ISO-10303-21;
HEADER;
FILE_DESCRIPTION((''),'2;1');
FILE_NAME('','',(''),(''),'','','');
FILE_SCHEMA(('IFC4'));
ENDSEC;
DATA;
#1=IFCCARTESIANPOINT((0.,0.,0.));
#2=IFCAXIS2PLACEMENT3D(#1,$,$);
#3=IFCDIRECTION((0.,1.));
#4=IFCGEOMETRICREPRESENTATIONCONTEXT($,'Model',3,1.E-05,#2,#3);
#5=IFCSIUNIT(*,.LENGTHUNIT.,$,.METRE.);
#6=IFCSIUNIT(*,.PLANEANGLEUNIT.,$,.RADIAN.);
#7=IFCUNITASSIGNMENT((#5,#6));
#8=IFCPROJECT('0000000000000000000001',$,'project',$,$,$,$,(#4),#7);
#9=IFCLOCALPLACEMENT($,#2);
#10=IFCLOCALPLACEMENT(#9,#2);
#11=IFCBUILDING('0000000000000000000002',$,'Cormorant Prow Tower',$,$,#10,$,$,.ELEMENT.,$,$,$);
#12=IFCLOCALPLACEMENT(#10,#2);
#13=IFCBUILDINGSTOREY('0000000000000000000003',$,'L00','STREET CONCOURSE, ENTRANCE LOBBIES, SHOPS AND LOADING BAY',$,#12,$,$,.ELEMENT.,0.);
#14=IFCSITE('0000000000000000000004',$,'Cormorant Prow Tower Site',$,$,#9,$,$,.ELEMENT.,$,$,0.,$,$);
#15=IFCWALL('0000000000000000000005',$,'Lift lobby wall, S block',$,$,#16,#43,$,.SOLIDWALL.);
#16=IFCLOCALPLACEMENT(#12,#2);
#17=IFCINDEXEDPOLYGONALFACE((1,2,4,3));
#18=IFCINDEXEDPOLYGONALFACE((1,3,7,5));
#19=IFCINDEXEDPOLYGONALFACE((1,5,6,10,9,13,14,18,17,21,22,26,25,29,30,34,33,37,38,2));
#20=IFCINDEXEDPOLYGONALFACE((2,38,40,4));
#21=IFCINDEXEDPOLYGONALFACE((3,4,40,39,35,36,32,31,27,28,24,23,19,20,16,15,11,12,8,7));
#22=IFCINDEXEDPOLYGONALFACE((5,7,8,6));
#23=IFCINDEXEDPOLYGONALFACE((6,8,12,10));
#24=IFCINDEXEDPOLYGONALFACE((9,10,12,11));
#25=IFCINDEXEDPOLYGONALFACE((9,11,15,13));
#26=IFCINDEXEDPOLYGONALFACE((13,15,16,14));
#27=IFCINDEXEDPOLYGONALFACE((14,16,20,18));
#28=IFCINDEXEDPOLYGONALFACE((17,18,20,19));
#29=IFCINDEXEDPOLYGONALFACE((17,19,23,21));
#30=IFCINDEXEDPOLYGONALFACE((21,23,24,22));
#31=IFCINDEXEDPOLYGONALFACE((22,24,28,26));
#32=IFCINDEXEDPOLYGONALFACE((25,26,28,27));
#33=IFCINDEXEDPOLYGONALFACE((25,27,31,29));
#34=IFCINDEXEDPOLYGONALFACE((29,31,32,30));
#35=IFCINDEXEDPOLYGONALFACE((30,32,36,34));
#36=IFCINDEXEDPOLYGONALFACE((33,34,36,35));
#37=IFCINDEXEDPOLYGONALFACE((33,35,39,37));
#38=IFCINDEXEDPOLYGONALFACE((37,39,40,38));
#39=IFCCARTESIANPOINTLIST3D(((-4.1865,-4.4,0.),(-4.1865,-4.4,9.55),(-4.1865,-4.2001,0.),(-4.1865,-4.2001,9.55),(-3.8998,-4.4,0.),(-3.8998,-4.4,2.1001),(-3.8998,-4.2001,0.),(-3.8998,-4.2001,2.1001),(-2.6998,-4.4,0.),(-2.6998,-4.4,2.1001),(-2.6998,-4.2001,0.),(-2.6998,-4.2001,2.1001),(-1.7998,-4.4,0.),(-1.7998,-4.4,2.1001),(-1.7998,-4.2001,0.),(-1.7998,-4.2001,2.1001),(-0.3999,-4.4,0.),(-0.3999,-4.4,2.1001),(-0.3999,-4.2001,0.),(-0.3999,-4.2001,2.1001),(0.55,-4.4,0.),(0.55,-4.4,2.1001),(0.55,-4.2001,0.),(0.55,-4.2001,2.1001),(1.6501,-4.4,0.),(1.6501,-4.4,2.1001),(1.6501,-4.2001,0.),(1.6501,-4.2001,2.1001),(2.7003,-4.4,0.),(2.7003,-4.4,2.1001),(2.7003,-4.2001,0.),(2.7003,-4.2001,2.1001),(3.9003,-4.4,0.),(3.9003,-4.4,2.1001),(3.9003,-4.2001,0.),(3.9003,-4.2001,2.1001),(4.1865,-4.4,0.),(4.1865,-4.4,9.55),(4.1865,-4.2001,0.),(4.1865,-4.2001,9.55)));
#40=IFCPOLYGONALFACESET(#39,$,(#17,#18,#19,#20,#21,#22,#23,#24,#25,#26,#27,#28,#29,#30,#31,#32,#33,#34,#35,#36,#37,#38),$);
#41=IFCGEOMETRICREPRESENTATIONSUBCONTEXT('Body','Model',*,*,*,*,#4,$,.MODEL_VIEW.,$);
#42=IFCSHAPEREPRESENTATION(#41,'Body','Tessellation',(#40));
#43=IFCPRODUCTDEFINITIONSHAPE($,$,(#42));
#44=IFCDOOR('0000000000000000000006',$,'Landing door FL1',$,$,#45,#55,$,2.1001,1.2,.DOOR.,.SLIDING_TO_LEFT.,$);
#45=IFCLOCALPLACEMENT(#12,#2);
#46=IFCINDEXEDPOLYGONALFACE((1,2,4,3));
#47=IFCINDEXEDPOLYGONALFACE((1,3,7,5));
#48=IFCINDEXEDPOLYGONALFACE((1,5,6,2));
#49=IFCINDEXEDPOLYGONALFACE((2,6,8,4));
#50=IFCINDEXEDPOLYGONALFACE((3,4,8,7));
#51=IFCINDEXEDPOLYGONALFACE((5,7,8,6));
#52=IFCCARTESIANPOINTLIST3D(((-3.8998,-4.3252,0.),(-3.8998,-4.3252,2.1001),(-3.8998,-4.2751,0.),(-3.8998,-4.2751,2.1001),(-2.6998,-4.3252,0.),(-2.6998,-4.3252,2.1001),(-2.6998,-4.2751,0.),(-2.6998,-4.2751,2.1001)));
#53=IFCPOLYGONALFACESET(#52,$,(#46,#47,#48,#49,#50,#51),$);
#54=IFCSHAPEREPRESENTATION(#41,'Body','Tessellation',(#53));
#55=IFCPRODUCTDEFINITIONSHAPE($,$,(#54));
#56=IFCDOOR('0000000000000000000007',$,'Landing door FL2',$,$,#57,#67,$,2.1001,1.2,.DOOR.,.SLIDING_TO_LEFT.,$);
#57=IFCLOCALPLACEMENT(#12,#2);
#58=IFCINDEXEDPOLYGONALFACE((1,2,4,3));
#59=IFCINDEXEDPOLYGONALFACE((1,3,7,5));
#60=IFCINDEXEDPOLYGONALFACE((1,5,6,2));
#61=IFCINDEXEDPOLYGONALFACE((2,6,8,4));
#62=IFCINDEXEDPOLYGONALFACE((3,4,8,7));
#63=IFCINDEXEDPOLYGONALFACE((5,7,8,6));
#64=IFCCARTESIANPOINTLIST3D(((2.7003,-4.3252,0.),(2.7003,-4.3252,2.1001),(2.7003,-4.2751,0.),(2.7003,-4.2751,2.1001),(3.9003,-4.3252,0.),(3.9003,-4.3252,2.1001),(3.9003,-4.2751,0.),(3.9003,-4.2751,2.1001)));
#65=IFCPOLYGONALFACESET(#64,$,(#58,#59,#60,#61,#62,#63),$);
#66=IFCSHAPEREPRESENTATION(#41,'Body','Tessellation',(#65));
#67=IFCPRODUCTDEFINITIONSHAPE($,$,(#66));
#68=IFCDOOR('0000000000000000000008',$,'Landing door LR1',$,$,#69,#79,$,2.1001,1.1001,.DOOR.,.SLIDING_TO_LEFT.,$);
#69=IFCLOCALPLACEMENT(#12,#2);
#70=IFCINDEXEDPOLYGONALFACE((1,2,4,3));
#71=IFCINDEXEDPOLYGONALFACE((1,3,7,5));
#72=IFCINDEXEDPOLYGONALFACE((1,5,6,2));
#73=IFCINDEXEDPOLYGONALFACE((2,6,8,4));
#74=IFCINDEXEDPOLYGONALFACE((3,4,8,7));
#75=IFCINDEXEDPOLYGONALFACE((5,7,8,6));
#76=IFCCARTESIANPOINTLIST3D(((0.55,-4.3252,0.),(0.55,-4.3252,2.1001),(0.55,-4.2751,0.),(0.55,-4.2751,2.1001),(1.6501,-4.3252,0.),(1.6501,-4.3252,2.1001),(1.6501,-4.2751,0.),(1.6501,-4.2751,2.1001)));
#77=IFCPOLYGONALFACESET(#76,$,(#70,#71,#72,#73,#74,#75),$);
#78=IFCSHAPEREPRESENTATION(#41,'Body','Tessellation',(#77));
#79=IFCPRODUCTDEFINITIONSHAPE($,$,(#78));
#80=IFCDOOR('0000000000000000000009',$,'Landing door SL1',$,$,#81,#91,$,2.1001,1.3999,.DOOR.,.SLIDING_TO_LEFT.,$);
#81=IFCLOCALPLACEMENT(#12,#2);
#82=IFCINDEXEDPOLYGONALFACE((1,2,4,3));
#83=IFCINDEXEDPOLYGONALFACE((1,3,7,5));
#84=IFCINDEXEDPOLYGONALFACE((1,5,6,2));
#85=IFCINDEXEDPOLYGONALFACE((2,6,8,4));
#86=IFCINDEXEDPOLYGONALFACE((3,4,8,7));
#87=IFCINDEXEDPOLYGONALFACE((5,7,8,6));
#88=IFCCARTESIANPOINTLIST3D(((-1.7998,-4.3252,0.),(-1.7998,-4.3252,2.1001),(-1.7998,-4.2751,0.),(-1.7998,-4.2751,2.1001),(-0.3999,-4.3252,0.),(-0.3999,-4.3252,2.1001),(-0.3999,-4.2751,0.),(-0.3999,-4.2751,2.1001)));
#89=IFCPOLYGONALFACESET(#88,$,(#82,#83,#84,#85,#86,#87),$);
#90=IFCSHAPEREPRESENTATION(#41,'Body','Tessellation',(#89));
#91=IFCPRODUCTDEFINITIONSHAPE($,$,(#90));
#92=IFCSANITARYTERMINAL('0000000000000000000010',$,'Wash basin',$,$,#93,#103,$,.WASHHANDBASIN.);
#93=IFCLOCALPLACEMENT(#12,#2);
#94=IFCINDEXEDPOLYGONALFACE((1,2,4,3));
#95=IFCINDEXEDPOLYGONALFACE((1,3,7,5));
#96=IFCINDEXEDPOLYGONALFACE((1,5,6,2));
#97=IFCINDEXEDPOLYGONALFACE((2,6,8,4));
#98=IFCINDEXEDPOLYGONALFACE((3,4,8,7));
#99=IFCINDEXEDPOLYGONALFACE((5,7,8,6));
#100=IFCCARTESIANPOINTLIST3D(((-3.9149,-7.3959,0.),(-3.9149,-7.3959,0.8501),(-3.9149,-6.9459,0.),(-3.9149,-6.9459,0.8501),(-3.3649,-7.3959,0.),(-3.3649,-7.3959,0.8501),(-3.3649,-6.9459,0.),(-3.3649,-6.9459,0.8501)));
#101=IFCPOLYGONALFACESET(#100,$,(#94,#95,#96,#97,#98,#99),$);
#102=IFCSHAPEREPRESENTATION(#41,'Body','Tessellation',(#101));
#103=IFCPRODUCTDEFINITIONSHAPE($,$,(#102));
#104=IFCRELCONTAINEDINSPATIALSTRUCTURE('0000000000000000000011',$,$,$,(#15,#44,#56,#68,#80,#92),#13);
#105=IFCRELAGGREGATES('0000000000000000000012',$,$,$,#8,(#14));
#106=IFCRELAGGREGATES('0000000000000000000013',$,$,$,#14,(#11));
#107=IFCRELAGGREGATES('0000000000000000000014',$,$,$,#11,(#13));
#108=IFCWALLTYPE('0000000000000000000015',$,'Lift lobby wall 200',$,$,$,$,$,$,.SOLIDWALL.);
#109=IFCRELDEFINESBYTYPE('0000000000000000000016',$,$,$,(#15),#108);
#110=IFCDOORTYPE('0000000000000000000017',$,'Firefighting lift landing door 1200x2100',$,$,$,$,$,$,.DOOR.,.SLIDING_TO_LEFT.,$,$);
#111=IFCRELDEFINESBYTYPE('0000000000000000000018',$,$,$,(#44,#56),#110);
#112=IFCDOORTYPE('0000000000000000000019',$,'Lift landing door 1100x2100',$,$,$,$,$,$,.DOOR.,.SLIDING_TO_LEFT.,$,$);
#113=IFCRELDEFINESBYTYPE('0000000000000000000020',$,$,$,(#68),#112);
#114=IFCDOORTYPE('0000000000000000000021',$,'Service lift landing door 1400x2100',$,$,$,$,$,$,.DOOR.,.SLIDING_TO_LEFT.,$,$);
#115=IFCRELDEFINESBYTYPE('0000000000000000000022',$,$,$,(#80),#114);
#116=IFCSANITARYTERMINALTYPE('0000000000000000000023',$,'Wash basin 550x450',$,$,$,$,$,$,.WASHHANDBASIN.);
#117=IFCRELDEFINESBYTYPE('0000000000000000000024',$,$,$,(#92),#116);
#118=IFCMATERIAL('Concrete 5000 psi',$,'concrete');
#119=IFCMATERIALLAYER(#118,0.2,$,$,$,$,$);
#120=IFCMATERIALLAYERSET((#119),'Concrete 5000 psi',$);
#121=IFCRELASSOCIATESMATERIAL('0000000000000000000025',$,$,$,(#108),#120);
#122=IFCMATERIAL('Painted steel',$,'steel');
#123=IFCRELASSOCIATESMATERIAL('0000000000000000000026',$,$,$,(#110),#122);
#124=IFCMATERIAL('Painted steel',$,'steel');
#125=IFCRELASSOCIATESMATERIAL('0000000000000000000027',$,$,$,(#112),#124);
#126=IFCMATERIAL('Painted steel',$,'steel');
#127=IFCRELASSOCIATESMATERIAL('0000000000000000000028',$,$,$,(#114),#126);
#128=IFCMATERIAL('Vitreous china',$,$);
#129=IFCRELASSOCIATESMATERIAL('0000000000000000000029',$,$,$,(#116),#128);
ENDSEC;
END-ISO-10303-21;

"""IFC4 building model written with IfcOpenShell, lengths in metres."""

from ifc_helpers import new_model, si_unit, direction, frame, frame_2d, origin, origin_2d, place, context, subcontext, project, spatial, rectangle, extrude, material, layer, layer_set, type_object, element, fill, save


model = new_model("IFC4")

# Units and contexts
model_context = context("Model", 3, precision=1e-05, world=origin(), true_north=direction((0.0, 1.0)))
body_context = subcontext(model_context, "Body", "Model", "MODEL_VIEW")
ifc_project = project(units=[si_unit("LENGTHUNIT", "METRE"), si_unit("PLANEANGLEUNIT", "RADIAN")], contexts=[model_context])

# Site, building, storey
site_placement = place(None, origin())
site = spatial("IfcSite", under=ifc_project, at=site_placement, Name="Cormorant Prow Tower Site", CompositionType="ELEMENT", RefElevation=0.0)
building_placement = place(site_placement, origin())
building = spatial("IfcBuilding", under=site, at=building_placement, Name="Cormorant Prow Tower", CompositionType="ELEMENT")
storey_placement = place(building_placement, origin())
storey = spatial("IfcBuildingStorey", under=building, at=storey_placement, Name="L00", Description="STREET CONCOURSE, ENTRANCE LOBBIES, SHOPS AND LOADING BAY", CompositionType="ELEMENT", Elevation=0.0)

# Wall, openings, doors
ifc_material_1 = material(Name="Concrete 5000 psi", Category="concrete")
ifc_layer_1 = layer(ifc_material_1, 0.2)
ifc_layer_set_1 = layer_set([ifc_layer_1], Name="Concrete 5000 psi")
wall_type_1 = type_object("IfcWallType", Name="Lift lobby wall 200", PredefinedType="SOLIDWALL", material=ifc_layer_set_1)
wall_1_placement = place(storey_placement, frame((-4.1865, -4.3, 0.0), z_axis=(0.0, 0.0, 1.0), x_axis=(1.0, 0.0, 0.0)))
wall_1 = element("IfcWall", 1, at=wall_1_placement, inside=storey, type_object=wall_type_1, Name="Lift lobby wall, S block", PredefinedType="SOLIDWALL", context=body_context, shape_type="SweptSolid", body=[
    extrude(rectangle(XDim=8.373, YDim=0.2, at=frame_2d((4.1865, 0.0))), origin(), (0.0, 0.0, 1.0), 9.55),
])
opening_1_placement = place(wall_1_placement, frame((0.2866, 0.0, 0.0)))
opening_1 = element("IfcOpeningElement", 2, at=opening_1_placement, cuts=wall_1, PredefinedType="OPENING", context=body_context, shape_type="SweptSolid", body=[
    extrude(rectangle(XDim=1.2, YDim=2.1001, at=frame_2d((0.6001, 1.05))), frame((0.0, 0.1099, 0.0), z_axis=(0.0, -1.0, 0.0), x_axis=(1.0, 0.0, 0.0)), (0.0, 0.0, 1.0), 0.22),
])
opening_2_placement = place(wall_1_placement, frame((2.3867, 0.0, 0.0)))
opening_2 = element("IfcOpeningElement", 3, at=opening_2_placement, cuts=wall_1, PredefinedType="OPENING", context=body_context, shape_type="SweptSolid", body=[
    extrude(rectangle(XDim=1.3999, YDim=2.1001, at=frame_2d((0.7, 1.05))), frame((0.0, 0.1099, 0.0), z_axis=(0.0, -1.0, 0.0), x_axis=(1.0, 0.0, 0.0)), (0.0, 0.0, 1.0), 0.22),
])
opening_3_placement = place(wall_1_placement, frame((4.7366, 0.0, 0.0)))
opening_3 = element("IfcOpeningElement", 4, at=opening_3_placement, cuts=wall_1, PredefinedType="OPENING", context=body_context, shape_type="SweptSolid", body=[
    extrude(rectangle(XDim=1.1001, YDim=2.1001, at=frame_2d((0.55, 1.05))), frame((0.0, 0.1099, 0.0), z_axis=(0.0, -1.0, 0.0), x_axis=(1.0, 0.0, 0.0)), (0.0, 0.0, 1.0), 0.22),
])
opening_4_placement = place(wall_1_placement, frame((6.8867, 0.0, 0.0)))
opening_4 = element("IfcOpeningElement", 5, at=opening_4_placement, cuts=wall_1, PredefinedType="OPENING", context=body_context, shape_type="SweptSolid", body=[
    extrude(rectangle(XDim=1.2, YDim=2.1001, at=frame_2d((0.6001, 1.05))), frame((0.0, 0.1099, 0.0), z_axis=(0.0, -1.0, 0.0), x_axis=(1.0, 0.0, 0.0)), (0.0, 0.0, 1.0), 0.22),
])
ifc_material_2 = material(Name="Painted steel", Category="steel")
door_type_1 = type_object("IfcDoorType", Name="Firefighting lift landing door 1200x2100", OperationType="SLIDING_TO_LEFT", PredefinedType="DOOR", material=ifc_material_2)
door_1_placement = place(opening_1_placement, origin())
door_1 = element("IfcDoor", 6, at=door_1_placement, inside=storey, type_object=door_type_1, Name="Landing door FL1", OperationType="SLIDING_TO_LEFT", OverallHeight=2.1001, OverallWidth=1.2, PredefinedType="DOOR", context=body_context, shape_type="SweptSolid", body=[
    extrude(rectangle(XDim=1.2, YDim=2.1001, at=frame_2d((0.6001, 1.05))), frame((0.0, 0.0249, 0.0), z_axis=(0.0, -1.0, 0.0), x_axis=(1.0, 0.0, 0.0)), (0.0, 0.0, 1.0), 0.05),
])
fill(opening_1, door_1)
door_2_placement = place(opening_4_placement, origin())
door_2 = element("IfcDoor", 7, at=door_2_placement, inside=storey, type_object=door_type_1, Name="Landing door FL2", OperationType="SLIDING_TO_LEFT", OverallHeight=2.1001, OverallWidth=1.2, PredefinedType="DOOR", context=body_context, shape_type="SweptSolid", body=[
    extrude(rectangle(XDim=1.2, YDim=2.1001, at=frame_2d((0.6001, 1.05))), frame((0.0, 0.0249, 0.0), z_axis=(0.0, -1.0, 0.0), x_axis=(1.0, 0.0, 0.0)), (0.0, 0.0, 1.0), 0.05),
])
fill(opening_4, door_2)
ifc_material_3 = material(Name="Painted steel", Category="steel")
door_type_2 = type_object("IfcDoorType", Name="Lift landing door 1100x2100", OperationType="SLIDING_TO_LEFT", PredefinedType="DOOR", material=ifc_material_3)
door_3_placement = place(opening_3_placement, origin())
door_3 = element("IfcDoor", 8, at=door_3_placement, inside=storey, type_object=door_type_2, Name="Landing door LR1", OperationType="SLIDING_TO_LEFT", OverallHeight=2.1001, OverallWidth=1.1001, PredefinedType="DOOR", context=body_context, shape_type="SweptSolid", body=[
    extrude(rectangle(XDim=1.1001, YDim=2.1001, at=frame_2d((0.55, 1.05))), frame((0.0, 0.0249, 0.0), z_axis=(0.0, -1.0, 0.0), x_axis=(1.0, 0.0, 0.0)), (0.0, 0.0, 1.0), 0.05),
])
fill(opening_3, door_3)
ifc_material_4 = material(Name="Painted steel", Category="steel")
door_type_3 = type_object("IfcDoorType", Name="Service lift landing door 1400x2100", OperationType="SLIDING_TO_LEFT", PredefinedType="DOOR", material=ifc_material_4)
door_4_placement = place(opening_2_placement, origin())
door_4 = element("IfcDoor", 9, at=door_4_placement, inside=storey, type_object=door_type_3, Name="Landing door SL1", OperationType="SLIDING_TO_LEFT", OverallHeight=2.1001, OverallWidth=1.3999, PredefinedType="DOOR", context=body_context, shape_type="SweptSolid", body=[
    extrude(rectangle(XDim=1.3999, YDim=2.1001, at=frame_2d((0.7, 1.05))), frame((0.0, 0.0249, 0.0), z_axis=(0.0, -1.0, 0.0), x_axis=(1.0, 0.0, 0.0)), (0.0, 0.0, 1.0), 0.05),
])
fill(opening_2, door_4)

# Sanitary terminal
ifc_material_5 = material(Name="Vitreous china")
sanitary_terminal_type = type_object("IfcSanitaryTerminalType", Name="Wash basin 550x450", PredefinedType="WASHHANDBASIN", material=ifc_material_5)
sanitary_terminal_placement = place(storey_placement, frame((-3.6399, -7.1709, 0.0), z_axis=(0.0, 0.0, 1.0), x_axis=(-1.0, 0.0, 0.0)))
element("IfcSanitaryTerminal", 10, at=sanitary_terminal_placement, inside=storey, type_object=sanitary_terminal_type, Name="Wash basin", PredefinedType="WASHHANDBASIN", context=body_context, shape_type="SweptSolid", body=[
    extrude(rectangle(XDim=0.55, YDim=0.45, at=origin_2d()), origin(), (0.0, 0.0, 1.0), 0.8501),
])

save(model, "model.ifc")
